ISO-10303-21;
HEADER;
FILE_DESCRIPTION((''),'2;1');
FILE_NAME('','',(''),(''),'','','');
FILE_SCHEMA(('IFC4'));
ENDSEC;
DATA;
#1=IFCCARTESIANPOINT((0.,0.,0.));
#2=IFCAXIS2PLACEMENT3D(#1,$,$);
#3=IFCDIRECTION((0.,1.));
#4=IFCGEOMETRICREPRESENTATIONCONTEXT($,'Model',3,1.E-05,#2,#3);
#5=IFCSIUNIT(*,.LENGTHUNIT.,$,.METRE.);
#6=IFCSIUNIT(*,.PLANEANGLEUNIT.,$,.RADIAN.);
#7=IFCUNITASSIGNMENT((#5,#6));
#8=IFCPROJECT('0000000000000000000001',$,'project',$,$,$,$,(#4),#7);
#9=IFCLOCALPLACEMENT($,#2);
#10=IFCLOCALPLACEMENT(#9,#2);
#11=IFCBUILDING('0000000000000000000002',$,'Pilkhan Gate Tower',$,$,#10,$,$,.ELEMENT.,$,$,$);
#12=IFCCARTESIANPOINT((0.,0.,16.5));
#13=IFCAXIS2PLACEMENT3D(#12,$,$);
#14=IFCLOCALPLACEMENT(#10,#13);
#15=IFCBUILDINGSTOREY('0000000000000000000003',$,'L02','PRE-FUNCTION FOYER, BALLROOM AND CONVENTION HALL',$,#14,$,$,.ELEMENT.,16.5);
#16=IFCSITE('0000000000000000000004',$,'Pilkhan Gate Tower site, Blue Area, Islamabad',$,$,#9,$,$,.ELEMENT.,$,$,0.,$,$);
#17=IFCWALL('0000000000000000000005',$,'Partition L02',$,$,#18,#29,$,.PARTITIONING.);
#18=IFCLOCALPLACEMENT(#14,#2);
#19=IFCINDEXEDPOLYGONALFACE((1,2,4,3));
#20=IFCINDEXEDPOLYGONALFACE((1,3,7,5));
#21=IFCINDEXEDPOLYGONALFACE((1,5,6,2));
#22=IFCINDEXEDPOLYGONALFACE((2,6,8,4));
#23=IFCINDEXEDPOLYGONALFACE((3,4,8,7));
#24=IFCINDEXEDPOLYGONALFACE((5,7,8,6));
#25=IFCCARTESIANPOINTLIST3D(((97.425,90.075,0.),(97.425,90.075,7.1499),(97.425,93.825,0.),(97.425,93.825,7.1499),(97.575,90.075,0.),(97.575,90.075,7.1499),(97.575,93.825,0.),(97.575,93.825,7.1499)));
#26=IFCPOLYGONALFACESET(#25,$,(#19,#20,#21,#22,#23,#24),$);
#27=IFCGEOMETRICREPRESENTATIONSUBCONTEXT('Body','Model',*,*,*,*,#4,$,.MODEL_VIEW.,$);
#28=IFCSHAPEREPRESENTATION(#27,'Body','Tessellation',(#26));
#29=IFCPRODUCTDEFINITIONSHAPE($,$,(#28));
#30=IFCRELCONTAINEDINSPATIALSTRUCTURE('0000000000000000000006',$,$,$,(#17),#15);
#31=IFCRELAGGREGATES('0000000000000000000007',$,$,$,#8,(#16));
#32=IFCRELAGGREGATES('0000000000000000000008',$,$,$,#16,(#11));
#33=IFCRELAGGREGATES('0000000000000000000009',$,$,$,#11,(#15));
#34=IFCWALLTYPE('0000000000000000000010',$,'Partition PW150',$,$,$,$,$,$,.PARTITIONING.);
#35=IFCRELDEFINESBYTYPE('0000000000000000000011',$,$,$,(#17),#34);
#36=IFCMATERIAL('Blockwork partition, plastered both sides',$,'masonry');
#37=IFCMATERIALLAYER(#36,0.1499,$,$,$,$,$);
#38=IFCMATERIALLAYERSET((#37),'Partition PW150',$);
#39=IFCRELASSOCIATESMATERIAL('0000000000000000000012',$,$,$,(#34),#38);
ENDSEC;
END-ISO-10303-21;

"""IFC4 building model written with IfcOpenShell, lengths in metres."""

from ifc_helpers import new_model, si_unit, direction, frame, frame_2d, origin, place, context, subcontext, project, spatial, rectangle, extrude, material, layer, layer_set, type_object, element, save


model = new_model("IFC4")

# Units and contexts
model_context = context("Model", 3, precision=1e-05, world=origin(), true_north=direction((0.0, 1.0)))
body_context = subcontext(model_context, "Body", "Model", "MODEL_VIEW")
ifc_project = project(units=[si_unit("LENGTHUNIT", "METRE"), si_unit("PLANEANGLEUNIT", "RADIAN")], contexts=[model_context])

# Site, building, storey
site_placement = place(None, origin())
site = spatial("IfcSite", under=ifc_project, at=site_placement, Name="Pilkhan Gate Tower site, Blue Area, Islamabad", CompositionType="ELEMENT", RefElevation=0.0)
building_placement = place(site_placement, origin())
building = spatial("IfcBuilding", under=site, at=building_placement, Name="Pilkhan Gate Tower", CompositionType="ELEMENT")
storey_placement = place(building_placement, frame((0.0, 0.0, 16.5)))
storey = spatial("IfcBuildingStorey", under=building, at=storey_placement, Name="L02", Description="PRE-FUNCTION FOYER, BALLROOM AND CONVENTION HALL", CompositionType="ELEMENT", Elevation=16.5)

# Shared definitions
ifc_material_1 = material(Name="Blockwork partition, plastered both sides", Category="masonry")
ifc_layer_1 = layer(ifc_material_1, 0.1499)
ifc_layer_set_1 = layer_set([ifc_layer_1], Name="Partition PW150")
wall_type_1 = type_object("IfcWallType", Name="Partition PW150", PredefinedType="PARTITIONING", material=ifc_layer_set_1)

# Wall
wall_1_placement = place(storey_placement, frame((97.5, 90.075, 0.0), z_axis=(0.0, 0.0, 1.0), x_axis=(0.0, 1.0, 0.0)))
element("IfcWall", 1, at=wall_1_placement, inside=storey, type_object=wall_type_1, Name="Partition L02", PredefinedType="PARTITIONING", context=body_context, shape_type="SweptSolid", body=[
    extrude(rectangle(XDim=3.75, YDim=0.1499, at=frame_2d((1.875, 0.0))), origin(), (0.0, 0.0, 1.0), 7.1499),
])

save(model, "model.ifc")
